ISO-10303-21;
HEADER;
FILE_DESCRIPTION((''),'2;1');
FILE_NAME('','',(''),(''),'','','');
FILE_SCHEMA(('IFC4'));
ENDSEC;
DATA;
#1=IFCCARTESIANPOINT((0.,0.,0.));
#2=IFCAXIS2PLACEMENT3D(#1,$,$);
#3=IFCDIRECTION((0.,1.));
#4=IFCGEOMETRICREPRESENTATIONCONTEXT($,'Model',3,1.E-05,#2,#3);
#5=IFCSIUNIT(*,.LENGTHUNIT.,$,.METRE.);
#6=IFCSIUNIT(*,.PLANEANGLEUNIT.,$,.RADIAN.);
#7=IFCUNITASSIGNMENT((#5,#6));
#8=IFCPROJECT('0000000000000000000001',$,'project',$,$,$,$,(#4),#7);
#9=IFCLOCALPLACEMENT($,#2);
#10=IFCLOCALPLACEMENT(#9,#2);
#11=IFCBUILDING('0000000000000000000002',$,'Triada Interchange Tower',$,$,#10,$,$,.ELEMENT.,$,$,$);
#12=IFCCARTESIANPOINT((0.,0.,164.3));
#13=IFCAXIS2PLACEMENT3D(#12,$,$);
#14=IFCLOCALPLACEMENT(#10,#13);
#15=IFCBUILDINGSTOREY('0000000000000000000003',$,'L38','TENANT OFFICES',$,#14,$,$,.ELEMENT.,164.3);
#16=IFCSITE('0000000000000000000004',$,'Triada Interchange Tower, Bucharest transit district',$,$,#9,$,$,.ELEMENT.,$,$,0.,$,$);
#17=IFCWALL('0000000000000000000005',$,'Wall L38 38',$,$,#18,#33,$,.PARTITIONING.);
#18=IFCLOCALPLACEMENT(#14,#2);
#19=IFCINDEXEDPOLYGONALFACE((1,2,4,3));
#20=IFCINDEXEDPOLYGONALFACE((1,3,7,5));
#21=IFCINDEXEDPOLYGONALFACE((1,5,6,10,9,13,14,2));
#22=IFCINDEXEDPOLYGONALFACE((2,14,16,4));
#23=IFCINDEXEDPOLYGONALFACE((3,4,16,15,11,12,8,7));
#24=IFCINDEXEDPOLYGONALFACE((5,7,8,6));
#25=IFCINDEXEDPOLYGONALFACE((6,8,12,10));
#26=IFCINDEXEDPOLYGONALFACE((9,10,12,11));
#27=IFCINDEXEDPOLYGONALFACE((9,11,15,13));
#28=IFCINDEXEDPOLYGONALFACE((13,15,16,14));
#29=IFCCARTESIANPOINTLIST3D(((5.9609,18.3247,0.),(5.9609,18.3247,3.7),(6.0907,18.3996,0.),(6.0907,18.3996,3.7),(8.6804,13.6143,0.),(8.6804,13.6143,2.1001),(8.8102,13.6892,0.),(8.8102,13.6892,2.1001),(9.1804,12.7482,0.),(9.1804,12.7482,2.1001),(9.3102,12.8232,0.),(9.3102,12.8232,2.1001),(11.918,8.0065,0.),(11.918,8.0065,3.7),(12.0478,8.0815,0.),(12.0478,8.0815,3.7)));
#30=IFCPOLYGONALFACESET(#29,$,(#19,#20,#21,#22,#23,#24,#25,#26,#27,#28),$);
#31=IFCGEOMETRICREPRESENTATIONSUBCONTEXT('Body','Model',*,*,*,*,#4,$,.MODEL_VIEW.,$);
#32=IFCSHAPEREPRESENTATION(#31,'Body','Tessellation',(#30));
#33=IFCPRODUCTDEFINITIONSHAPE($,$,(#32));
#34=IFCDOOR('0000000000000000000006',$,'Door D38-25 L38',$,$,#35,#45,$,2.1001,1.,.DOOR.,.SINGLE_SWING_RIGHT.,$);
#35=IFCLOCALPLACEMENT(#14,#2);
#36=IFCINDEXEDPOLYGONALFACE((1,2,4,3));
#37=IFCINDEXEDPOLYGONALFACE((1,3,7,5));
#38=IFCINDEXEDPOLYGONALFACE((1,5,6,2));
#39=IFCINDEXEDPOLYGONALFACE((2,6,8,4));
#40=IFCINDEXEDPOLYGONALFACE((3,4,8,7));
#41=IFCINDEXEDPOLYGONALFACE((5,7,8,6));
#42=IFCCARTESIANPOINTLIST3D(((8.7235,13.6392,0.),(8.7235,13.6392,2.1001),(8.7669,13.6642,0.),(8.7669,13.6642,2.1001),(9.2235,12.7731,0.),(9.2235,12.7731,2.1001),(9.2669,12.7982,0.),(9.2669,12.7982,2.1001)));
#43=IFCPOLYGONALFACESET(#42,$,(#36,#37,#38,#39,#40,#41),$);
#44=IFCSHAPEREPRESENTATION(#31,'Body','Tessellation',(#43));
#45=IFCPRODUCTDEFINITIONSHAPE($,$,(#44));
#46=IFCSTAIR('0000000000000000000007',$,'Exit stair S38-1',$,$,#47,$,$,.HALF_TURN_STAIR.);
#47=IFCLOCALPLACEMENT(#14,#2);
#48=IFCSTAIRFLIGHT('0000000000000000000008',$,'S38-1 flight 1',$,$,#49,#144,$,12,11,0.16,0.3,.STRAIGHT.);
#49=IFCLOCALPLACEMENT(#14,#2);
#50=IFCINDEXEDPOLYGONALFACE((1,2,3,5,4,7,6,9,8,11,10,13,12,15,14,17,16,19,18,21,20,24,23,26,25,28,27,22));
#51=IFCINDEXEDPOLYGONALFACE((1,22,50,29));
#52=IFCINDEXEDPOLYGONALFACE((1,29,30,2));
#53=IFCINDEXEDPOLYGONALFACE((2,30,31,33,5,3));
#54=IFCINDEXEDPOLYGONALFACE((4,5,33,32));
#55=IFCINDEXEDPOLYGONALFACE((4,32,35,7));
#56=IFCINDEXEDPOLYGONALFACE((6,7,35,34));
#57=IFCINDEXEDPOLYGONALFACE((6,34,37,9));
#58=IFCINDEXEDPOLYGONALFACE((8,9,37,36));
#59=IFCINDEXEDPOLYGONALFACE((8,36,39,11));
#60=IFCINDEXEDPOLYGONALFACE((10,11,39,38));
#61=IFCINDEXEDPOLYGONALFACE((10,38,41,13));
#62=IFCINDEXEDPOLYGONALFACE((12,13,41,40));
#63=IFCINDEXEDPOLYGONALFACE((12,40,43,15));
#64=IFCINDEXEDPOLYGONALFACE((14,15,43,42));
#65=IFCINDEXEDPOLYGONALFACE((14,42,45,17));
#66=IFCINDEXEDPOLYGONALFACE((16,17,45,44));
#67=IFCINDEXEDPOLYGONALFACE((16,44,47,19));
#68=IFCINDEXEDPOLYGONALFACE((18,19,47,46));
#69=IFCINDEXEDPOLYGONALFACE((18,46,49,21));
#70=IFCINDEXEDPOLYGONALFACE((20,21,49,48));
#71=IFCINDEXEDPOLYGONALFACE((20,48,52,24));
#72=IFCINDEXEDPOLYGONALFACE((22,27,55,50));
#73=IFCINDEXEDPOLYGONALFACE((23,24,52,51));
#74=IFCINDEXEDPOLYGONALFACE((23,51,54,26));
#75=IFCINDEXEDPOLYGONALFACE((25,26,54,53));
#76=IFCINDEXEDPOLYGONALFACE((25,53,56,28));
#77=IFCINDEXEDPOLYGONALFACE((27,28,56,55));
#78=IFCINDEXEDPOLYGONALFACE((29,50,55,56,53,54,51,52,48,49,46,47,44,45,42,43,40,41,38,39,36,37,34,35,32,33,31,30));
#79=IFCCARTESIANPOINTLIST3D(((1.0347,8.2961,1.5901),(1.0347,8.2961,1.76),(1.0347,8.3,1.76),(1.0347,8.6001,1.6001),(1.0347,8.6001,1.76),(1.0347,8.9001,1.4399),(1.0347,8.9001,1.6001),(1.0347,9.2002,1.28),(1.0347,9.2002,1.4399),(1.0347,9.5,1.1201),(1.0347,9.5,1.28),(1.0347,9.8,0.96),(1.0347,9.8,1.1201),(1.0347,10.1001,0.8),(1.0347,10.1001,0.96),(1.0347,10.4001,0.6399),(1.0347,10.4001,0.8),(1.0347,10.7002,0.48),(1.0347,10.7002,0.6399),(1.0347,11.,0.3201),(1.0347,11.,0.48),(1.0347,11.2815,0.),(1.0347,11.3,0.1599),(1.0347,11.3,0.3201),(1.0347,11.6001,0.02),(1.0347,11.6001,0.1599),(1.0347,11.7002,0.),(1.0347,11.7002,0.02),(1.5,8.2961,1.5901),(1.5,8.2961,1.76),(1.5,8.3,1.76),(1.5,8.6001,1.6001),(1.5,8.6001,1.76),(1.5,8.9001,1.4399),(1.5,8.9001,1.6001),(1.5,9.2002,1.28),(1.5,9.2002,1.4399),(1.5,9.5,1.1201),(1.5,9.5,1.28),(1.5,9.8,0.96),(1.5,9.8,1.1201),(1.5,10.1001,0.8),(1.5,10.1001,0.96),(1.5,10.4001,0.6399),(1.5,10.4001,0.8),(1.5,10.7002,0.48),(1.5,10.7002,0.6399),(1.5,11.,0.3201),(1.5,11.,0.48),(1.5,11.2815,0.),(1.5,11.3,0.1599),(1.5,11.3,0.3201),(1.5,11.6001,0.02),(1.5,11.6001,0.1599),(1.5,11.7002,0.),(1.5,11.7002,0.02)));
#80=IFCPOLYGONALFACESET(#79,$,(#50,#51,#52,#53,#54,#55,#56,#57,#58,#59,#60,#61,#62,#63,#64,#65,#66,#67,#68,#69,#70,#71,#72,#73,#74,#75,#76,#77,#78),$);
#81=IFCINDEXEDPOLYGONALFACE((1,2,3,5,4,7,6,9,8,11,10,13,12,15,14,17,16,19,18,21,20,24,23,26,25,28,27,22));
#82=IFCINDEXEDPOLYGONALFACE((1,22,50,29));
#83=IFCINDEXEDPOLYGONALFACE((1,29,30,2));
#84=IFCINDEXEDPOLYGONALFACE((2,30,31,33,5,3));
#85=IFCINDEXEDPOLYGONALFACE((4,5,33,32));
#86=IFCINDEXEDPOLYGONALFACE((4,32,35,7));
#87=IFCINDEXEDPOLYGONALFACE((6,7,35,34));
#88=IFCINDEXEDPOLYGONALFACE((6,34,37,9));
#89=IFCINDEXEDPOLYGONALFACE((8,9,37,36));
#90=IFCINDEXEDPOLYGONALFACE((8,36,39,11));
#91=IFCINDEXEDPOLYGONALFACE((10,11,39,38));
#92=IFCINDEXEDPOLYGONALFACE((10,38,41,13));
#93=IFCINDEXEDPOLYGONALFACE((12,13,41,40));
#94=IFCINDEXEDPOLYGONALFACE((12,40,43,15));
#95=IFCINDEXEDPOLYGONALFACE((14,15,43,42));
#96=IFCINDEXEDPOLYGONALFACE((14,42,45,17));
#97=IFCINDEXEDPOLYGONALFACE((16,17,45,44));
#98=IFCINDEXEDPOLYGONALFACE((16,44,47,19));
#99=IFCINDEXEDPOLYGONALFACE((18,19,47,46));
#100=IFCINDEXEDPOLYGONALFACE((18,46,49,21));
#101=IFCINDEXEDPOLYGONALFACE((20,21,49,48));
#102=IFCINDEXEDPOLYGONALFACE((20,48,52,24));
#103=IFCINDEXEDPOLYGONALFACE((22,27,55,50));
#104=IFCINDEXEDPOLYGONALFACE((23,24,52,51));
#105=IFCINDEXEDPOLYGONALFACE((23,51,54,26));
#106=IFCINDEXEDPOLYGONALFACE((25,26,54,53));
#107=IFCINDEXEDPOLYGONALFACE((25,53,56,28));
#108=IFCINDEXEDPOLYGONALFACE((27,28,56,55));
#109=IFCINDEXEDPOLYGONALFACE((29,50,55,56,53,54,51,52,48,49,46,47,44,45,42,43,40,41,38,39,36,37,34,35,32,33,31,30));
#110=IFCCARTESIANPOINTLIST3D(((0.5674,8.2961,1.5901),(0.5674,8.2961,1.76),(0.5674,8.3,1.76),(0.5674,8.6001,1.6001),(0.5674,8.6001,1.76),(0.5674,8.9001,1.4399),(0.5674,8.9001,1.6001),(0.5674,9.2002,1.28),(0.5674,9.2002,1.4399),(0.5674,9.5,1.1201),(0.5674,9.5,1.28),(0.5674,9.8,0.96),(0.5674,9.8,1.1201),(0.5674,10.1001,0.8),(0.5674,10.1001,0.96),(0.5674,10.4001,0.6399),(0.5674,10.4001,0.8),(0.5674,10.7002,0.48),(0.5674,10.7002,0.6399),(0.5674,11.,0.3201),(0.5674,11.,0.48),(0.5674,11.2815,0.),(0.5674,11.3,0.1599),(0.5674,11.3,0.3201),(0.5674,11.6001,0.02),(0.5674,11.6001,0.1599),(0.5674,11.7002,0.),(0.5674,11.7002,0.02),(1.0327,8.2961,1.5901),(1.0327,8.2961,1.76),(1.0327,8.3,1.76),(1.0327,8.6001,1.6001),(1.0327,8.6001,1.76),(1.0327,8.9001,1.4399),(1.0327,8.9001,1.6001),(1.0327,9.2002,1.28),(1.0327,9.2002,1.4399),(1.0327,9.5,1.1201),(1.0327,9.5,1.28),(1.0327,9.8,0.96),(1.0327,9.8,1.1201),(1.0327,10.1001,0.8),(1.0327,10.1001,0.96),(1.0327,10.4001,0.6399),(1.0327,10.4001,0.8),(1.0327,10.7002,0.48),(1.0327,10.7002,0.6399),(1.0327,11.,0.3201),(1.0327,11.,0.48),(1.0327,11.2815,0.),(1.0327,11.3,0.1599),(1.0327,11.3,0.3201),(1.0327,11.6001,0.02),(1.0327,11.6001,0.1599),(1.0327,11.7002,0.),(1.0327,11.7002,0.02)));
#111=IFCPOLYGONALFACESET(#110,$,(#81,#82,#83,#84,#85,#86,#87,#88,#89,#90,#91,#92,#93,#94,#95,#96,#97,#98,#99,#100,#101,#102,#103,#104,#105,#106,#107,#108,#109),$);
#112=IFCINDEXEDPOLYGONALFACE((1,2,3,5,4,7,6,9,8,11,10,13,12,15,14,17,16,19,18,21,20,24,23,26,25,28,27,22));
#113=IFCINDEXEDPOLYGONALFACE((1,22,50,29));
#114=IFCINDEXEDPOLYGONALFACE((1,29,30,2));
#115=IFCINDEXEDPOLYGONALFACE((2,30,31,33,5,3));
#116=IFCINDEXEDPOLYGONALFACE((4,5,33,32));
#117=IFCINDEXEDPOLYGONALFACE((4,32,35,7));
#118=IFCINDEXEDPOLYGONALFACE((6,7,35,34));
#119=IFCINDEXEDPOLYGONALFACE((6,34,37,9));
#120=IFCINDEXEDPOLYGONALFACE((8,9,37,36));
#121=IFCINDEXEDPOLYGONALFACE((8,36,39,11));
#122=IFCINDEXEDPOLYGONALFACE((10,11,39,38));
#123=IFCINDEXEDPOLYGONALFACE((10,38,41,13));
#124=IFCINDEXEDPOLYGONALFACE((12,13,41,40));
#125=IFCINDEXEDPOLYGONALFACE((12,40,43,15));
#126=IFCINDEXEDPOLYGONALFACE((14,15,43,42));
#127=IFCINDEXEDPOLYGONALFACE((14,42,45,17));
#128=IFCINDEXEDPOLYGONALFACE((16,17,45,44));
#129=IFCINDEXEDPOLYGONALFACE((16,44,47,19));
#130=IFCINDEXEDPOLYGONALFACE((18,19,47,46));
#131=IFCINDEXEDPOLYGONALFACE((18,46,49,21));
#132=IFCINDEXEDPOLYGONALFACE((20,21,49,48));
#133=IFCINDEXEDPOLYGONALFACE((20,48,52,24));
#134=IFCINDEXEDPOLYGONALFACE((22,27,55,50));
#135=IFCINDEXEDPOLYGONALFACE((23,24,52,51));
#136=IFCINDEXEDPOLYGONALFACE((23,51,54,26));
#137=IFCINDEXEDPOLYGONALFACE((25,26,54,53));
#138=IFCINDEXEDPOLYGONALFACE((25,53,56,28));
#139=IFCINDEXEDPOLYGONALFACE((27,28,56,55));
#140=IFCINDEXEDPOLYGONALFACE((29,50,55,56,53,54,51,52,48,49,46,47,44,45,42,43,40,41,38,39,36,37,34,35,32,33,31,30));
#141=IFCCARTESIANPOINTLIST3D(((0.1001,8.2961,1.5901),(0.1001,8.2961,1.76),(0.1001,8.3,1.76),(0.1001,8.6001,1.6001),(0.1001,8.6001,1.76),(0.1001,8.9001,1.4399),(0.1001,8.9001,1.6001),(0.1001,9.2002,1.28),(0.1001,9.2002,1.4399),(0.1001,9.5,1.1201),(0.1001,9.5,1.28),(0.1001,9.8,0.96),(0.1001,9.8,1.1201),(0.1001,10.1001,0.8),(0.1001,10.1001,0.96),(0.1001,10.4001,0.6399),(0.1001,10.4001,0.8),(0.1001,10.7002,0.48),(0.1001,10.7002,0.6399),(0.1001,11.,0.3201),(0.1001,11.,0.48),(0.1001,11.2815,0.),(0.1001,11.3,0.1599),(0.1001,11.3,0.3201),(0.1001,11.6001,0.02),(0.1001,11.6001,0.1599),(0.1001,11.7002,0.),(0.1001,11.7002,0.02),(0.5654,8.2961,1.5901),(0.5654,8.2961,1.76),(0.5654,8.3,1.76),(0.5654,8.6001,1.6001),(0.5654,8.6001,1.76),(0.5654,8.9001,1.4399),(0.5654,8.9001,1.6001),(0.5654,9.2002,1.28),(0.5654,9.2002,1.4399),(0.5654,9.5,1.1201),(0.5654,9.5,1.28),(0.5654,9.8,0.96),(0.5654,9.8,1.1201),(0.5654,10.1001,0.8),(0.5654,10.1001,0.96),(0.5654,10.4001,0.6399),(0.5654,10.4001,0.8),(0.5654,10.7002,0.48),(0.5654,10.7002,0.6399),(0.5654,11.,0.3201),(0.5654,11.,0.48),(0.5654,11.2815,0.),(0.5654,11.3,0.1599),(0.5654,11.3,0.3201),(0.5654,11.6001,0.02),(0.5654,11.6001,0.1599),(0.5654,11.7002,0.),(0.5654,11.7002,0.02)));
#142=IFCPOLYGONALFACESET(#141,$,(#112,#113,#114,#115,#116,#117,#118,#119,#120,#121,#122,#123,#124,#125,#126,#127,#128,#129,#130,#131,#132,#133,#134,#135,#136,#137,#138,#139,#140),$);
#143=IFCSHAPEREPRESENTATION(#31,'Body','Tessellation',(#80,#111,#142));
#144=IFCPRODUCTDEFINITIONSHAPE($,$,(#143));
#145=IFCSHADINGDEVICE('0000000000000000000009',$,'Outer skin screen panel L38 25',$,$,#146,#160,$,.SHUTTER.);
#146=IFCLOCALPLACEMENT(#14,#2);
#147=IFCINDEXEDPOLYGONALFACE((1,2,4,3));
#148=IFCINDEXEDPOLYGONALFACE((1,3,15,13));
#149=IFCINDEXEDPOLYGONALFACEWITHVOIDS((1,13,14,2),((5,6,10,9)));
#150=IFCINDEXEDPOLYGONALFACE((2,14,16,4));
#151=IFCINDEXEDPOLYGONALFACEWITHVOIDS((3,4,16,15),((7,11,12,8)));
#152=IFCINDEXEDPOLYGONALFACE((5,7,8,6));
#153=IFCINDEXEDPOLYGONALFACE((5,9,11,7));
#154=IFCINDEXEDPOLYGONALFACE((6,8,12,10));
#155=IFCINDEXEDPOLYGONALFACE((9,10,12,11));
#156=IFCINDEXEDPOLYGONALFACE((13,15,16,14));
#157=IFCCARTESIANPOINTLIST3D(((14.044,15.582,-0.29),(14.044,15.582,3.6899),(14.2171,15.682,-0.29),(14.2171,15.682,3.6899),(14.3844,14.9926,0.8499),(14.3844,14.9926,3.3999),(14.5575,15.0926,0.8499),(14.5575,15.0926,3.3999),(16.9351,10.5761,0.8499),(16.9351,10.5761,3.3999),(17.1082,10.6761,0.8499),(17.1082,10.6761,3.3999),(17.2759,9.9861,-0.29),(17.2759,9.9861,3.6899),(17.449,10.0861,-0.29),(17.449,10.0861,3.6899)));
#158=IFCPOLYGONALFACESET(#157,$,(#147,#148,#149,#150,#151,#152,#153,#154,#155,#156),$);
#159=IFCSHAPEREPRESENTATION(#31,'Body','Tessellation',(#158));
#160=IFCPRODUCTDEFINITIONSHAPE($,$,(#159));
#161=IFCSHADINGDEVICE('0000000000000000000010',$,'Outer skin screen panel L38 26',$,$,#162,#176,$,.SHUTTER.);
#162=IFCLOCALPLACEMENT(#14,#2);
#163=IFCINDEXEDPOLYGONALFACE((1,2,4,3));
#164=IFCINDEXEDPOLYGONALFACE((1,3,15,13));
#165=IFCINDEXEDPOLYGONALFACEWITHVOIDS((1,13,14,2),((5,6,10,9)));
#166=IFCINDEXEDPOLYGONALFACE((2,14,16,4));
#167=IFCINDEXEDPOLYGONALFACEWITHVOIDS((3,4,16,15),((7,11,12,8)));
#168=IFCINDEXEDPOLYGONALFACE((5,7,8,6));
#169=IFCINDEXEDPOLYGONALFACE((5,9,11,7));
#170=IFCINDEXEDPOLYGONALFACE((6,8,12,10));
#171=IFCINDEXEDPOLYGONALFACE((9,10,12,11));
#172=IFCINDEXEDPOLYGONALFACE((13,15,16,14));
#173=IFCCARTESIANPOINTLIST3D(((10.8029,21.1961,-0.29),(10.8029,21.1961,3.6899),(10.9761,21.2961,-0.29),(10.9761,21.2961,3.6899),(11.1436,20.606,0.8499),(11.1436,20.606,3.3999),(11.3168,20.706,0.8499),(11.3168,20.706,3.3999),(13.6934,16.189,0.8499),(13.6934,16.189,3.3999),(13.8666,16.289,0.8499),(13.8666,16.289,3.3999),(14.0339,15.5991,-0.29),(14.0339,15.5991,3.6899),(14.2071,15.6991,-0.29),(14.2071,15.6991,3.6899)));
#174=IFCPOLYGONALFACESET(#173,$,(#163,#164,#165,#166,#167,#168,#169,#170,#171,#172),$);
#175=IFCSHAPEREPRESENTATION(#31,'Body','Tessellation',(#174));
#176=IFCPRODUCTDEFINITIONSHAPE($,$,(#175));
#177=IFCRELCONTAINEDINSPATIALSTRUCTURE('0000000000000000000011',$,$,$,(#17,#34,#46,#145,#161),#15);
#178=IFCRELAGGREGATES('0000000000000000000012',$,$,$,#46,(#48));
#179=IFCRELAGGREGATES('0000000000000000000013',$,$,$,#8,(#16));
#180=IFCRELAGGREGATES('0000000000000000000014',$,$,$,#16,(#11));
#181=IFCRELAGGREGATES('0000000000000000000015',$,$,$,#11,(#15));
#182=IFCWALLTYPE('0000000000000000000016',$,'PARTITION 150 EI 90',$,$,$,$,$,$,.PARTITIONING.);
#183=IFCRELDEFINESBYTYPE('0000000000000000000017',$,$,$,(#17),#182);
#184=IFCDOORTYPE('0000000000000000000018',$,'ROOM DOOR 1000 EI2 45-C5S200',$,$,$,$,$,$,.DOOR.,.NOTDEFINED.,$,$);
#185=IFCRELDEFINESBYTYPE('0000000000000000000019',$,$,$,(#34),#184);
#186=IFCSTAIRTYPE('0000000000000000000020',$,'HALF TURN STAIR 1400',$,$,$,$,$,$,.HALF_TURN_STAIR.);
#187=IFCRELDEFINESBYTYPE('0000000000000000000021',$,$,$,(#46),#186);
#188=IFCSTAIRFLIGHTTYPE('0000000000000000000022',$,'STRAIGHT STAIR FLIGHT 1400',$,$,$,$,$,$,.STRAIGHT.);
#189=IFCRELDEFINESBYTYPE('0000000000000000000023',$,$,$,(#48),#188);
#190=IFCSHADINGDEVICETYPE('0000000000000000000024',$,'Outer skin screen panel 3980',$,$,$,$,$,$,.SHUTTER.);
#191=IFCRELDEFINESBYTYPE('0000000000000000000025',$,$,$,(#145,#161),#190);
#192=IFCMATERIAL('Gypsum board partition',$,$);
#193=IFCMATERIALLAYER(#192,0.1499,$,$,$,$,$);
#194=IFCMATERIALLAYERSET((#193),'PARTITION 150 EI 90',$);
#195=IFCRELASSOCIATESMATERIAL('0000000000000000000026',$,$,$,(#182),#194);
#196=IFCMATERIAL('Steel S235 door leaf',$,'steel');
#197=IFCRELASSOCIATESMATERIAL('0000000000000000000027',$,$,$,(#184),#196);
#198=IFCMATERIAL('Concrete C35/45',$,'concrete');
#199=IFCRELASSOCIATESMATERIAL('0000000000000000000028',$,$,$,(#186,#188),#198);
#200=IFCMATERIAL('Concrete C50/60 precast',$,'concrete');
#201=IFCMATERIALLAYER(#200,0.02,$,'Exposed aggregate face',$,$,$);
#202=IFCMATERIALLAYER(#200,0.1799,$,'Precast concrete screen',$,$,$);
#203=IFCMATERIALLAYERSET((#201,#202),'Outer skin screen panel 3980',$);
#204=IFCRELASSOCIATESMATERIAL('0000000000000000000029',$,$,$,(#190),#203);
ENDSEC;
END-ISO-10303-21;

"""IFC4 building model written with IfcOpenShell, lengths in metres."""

from ifc_helpers import new_model, si_unit, direction, frame, frame_2d, origin, place, context, subcontext, project, spatial, polyline, rectangle, outline, extrude, material, layer, layer_set, type_object, element, fill, aggregate, save


model = new_model("IFC4")

# Units and contexts
model_context = context("Model", 3, precision=1e-05, world=origin(), true_north=direction((0.0, 1.0)))
body_context = subcontext(model_context, "Body", "Model", "MODEL_VIEW")
ifc_project = project(units=[si_unit("LENGTHUNIT", "METRE"), si_unit("PLANEANGLEUNIT", "RADIAN")], contexts=[model_context])

# Site, building, storey
site_placement = place(None, origin())
site = spatial("IfcSite", under=ifc_project, at=site_placement, Name="Triada Interchange Tower, Bucharest transit district", CompositionType="ELEMENT", RefElevation=0.0)
building_placement = place(site_placement, origin())
building = spatial("IfcBuilding", under=site, at=building_placement, Name="Triada Interchange Tower", CompositionType="ELEMENT")
storey_placement = place(building_placement, frame((0.0, 0.0, 164.3)))
storey = spatial("IfcBuildingStorey", under=building, at=storey_placement, Name="L38", Description="TENANT OFFICES", CompositionType="ELEMENT", Elevation=164.3)

# Shared definitions
ifc_material_1 = material(Name="Steel S235 door leaf", Category="steel")

# Shared definitions
ifc_material_2 = material(Name="Gypsum board partition")

# Wall, opening, door
ifc_layer_1 = layer(ifc_material_2, 0.1499)
ifc_layer_set_1 = layer_set([ifc_layer_1], Name="PARTITION 150 EI 90")
wall_type_1 = type_object("IfcWallType", Name="PARTITION 150 EI 90", PredefinedType="PARTITIONING", material=ifc_layer_set_1)
wall_1_placement = place(storey_placement, frame((6.0259, 18.3621, 0.0), z_axis=(0.0, 0.0, 1.0), x_axis=(0.499991, -0.86603, 0.0)))
wall_1 = element("IfcWall", 1, at=wall_1_placement, inside=storey, type_object=wall_type_1, Name="Wall L38 38", PredefinedType="PARTITIONING", context=body_context, shape_type="SweptSolid", body=[
    extrude(rectangle(XDim=11.9143, YDim=0.1499, at=frame_2d((5.957, 0.0))), origin(), (0.0, 0.0, 1.0), 3.7),
])
opening_1_placement = place(wall_1_placement, frame((5.439, 0.0, 0.0)))
opening_1 = element("IfcOpeningElement", 2, at=opening_1_placement, cuts=wall_1, PredefinedType="OPENING", context=body_context, shape_type="SweptSolid", body=[
    extrude(rectangle(XDim=1.0, YDim=2.1001, at=frame_2d((0.5, 1.05))), frame((0.0, 0.085, 0.0), z_axis=(0.0, -1.0, 0.0), x_axis=(1.0, 0.0, 0.0)), (0.0, 0.0, 1.0), 0.1699),
])
door_type_1 = type_object("IfcDoorType", Name="ROOM DOOR 1000 EI2 45-C5S200", OperationType="NOTDEFINED", PredefinedType="DOOR", material=ifc_material_1)
door_1_placement = place(opening_1_placement, origin())
door_1 = element("IfcDoor", 3, at=door_1_placement, inside=storey, type_object=door_type_1, Name="Door D38-25 L38", OperationType="SINGLE_SWING_RIGHT", OverallHeight=2.1001, OverallWidth=1.0, PredefinedType="DOOR", context=body_context, shape_type="SweptSolid", body=[
    extrude(rectangle(XDim=1.0, YDim=2.1001, at=frame_2d((0.5, 1.05))), frame((0.0, 0.0249, 0.0), z_axis=(0.0, -1.0, 0.0), x_axis=(1.0, 0.0, 0.0)), (0.0, 0.0, 1.0), 0.05),
])
fill(opening_1, door_1)

# Stair, stair flight
ifc_material_3 = material(Name="Concrete C35/45", Category="concrete")
stair_type = type_object("IfcStairType", Name="HALF TURN STAIR 1400", PredefinedType="HALF_TURN_STAIR", material=ifc_material_3)
stair_placement = place(storey_placement, origin())
stair = element("IfcStair", 4, at=stair_placement, inside=storey, type_object=stair_type, Name="Exit stair S38-1", PredefinedType="HALF_TURN_STAIR")
stair_flight_type = type_object("IfcStairFlightType", Name="STRAIGHT STAIR FLIGHT 1400", PredefinedType="STRAIGHT", material=ifc_material_3)
stair_flight_placement = place(storey_placement, frame((0.8, 11.6001, 0.0), z_axis=(0.0, 0.0, 1.0), x_axis=(0.0, -1.0, 0.0)))
stair_flight = element("IfcStairFlight", 5, at=stair_flight_placement, type_object=stair_flight_type, Name="S38-1 flight 1", NumberOfRisers=12, NumberOfTreads=11, PredefinedType="STRAIGHT", RiserHeight=0.16, TreadLength=0.3, context=body_context, shape_type="SweptSolid", body=[
    extrude(outline(polyline([(-0.1001, 0.0), (-0.1001, 0.02), (0.0, 0.02), (0.0, 0.1599), (0.3, 0.1599), (0.3, 0.3201), (0.6001, 0.3201), (0.6001, 0.48), (0.8999, 0.48), (0.8999, 0.6399), (1.2, 0.6399), (1.2, 0.8), (1.5, 0.8), (1.5, 0.96), (1.8, 0.96), (1.8, 1.1201), (2.1001, 1.1201), (2.1001, 1.28), (2.3999, 1.28), (2.3999, 1.4399), (2.7, 1.4399), (2.7, 1.6001), (3.0, 1.6001), (3.0, 1.76), (3.3, 1.76), (3.304, 1.76), (3.304, 1.9199), (3.304, 1.5901), (0.3186, 0.0), (-0.1001, 0.0)])), frame((0.0, 0.7, 0.0), z_axis=(0.0, -1.0, 0.0), x_axis=(1.0, 0.0, 0.0)), (0.0, 0.0, 1.0), 0.4653),
    extrude(outline(polyline([(-0.1001, 0.0), (-0.1001, 0.02), (0.0, 0.02), (0.0, 0.1599), (0.3, 0.1599), (0.3, 0.3201), (0.6001, 0.3201), (0.6001, 0.48), (0.8999, 0.48), (0.8999, 0.6399), (1.2, 0.6399), (1.2, 0.8), (1.5, 0.8), (1.5, 0.96), (1.8, 0.96), (1.8, 1.1201), (2.1001, 1.1201), (2.1001, 1.28), (2.3999, 1.28), (2.3999, 1.4399), (2.7, 1.4399), (2.7, 1.6001), (3.0, 1.6001), (3.0, 1.76), (3.3, 1.76), (3.304, 1.76), (3.304, 1.9199), (3.304, 1.5901), (0.3186, 0.0), (-0.1001, 0.0)])), frame((0.0, 0.2327, 0.0), z_axis=(0.0, -1.0, 0.0), x_axis=(1.0, 0.0, 0.0)), (0.0, 0.0, 1.0), 0.4653),
    extrude(outline(polyline([(-0.1001, 0.0), (-0.1001, 0.02), (0.0, 0.02), (0.0, 0.1599), (0.3, 0.1599), (0.3, 0.3201), (0.6001, 0.3201), (0.6001, 0.48), (0.8999, 0.48), (0.8999, 0.6399), (1.2, 0.6399), (1.2, 0.8), (1.5, 0.8), (1.5, 0.96), (1.8, 0.96), (1.8, 1.1201), (2.1001, 1.1201), (2.1001, 1.28), (2.3999, 1.28), (2.3999, 1.4399), (2.7, 1.4399), (2.7, 1.6001), (3.0, 1.6001), (3.0, 1.76), (3.3, 1.76), (3.304, 1.76), (3.304, 1.9199), (3.304, 1.5901), (0.3186, 0.0), (-0.1001, 0.0)])), frame((0.0, -0.2346, 0.0), z_axis=(0.0, -1.0, 0.0), x_axis=(1.0, 0.0, 0.0)), (0.0, 0.0, 1.0), 0.4653),
])

# Shading devices
ifc_material_4 = material(Name="Concrete C50/60 precast", Category="concrete")
ifc_layer_2 = layer(ifc_material_4, 0.02, Name="Exposed aggregate face")
ifc_layer_3 = layer(ifc_material_4, 0.1799, Name="Precast concrete screen")
ifc_layer_set_2 = layer_set([ifc_layer_2, ifc_layer_3], Name="Outer skin screen panel 3980")
shading_device_type = type_object("IfcShadingDeviceType", Name="Outer skin screen panel 3980", PredefinedType="SHUTTER", material=ifc_layer_set_2)
shading_device_1_placement = place(storey_placement, frame((17.2759, 9.9861, -0.29), z_axis=(0.0, 0.0, 1.0), x_axis=(-0.500129, 0.865951, 0.0)))
element("IfcShadingDevice", 6, at=shading_device_1_placement, inside=storey, type_object=shading_device_type, Name="Outer skin screen panel L38 25", PredefinedType="SHUTTER", context=body_context, shape_type="SweptSolid", body=[
    extrude(outline(polyline([(0.0, 0.0), (6.4622, 0.0), (6.4622, 3.98), (0.0, 3.98), (0.0, 0.0)]), holes=[polyline([(0.6814, 1.1399), (0.6814, 3.6899), (5.7815, 3.6899), (5.7815, 1.1399), (0.6814, 1.1399)])]), frame((0.0, 0.0, 0.0), z_axis=(0.0, -1.0, 0.0), x_axis=(1.0, 0.0, 0.0)), (0.0, 0.0, 1.0), 0.2),
])
shading_device_2_placement = place(storey_placement, frame((14.0339, 15.5991, -0.29), z_axis=(0.0, 0.0, 1.0), x_axis=(-0.49995, 0.866054, 0.0)))
element("IfcShadingDevice", 7, at=shading_device_2_placement, inside=storey, type_object=shading_device_type, Name="Outer skin screen panel L38 26", PredefinedType="SHUTTER", context=body_context, shape_type="SweptSolid", body=[
    extrude(outline(polyline([(0.0, 0.0), (6.4626, 0.0), (6.4626, 3.98), (0.0, 3.98), (0.0, 0.0)]), holes=[polyline([(0.6812, 1.1399), (0.6812, 3.6899), (5.7812, 3.6899), (5.7812, 1.1399), (0.6812, 1.1399)])]), frame((0.0, 0.0, 0.0), z_axis=(0.0, -1.0, 0.0), x_axis=(1.0, 0.0, 0.0)), (0.0, 0.0, 1.0), 0.2),
])

aggregate(stair, [stair_flight])

save(model, "model.ifc")
